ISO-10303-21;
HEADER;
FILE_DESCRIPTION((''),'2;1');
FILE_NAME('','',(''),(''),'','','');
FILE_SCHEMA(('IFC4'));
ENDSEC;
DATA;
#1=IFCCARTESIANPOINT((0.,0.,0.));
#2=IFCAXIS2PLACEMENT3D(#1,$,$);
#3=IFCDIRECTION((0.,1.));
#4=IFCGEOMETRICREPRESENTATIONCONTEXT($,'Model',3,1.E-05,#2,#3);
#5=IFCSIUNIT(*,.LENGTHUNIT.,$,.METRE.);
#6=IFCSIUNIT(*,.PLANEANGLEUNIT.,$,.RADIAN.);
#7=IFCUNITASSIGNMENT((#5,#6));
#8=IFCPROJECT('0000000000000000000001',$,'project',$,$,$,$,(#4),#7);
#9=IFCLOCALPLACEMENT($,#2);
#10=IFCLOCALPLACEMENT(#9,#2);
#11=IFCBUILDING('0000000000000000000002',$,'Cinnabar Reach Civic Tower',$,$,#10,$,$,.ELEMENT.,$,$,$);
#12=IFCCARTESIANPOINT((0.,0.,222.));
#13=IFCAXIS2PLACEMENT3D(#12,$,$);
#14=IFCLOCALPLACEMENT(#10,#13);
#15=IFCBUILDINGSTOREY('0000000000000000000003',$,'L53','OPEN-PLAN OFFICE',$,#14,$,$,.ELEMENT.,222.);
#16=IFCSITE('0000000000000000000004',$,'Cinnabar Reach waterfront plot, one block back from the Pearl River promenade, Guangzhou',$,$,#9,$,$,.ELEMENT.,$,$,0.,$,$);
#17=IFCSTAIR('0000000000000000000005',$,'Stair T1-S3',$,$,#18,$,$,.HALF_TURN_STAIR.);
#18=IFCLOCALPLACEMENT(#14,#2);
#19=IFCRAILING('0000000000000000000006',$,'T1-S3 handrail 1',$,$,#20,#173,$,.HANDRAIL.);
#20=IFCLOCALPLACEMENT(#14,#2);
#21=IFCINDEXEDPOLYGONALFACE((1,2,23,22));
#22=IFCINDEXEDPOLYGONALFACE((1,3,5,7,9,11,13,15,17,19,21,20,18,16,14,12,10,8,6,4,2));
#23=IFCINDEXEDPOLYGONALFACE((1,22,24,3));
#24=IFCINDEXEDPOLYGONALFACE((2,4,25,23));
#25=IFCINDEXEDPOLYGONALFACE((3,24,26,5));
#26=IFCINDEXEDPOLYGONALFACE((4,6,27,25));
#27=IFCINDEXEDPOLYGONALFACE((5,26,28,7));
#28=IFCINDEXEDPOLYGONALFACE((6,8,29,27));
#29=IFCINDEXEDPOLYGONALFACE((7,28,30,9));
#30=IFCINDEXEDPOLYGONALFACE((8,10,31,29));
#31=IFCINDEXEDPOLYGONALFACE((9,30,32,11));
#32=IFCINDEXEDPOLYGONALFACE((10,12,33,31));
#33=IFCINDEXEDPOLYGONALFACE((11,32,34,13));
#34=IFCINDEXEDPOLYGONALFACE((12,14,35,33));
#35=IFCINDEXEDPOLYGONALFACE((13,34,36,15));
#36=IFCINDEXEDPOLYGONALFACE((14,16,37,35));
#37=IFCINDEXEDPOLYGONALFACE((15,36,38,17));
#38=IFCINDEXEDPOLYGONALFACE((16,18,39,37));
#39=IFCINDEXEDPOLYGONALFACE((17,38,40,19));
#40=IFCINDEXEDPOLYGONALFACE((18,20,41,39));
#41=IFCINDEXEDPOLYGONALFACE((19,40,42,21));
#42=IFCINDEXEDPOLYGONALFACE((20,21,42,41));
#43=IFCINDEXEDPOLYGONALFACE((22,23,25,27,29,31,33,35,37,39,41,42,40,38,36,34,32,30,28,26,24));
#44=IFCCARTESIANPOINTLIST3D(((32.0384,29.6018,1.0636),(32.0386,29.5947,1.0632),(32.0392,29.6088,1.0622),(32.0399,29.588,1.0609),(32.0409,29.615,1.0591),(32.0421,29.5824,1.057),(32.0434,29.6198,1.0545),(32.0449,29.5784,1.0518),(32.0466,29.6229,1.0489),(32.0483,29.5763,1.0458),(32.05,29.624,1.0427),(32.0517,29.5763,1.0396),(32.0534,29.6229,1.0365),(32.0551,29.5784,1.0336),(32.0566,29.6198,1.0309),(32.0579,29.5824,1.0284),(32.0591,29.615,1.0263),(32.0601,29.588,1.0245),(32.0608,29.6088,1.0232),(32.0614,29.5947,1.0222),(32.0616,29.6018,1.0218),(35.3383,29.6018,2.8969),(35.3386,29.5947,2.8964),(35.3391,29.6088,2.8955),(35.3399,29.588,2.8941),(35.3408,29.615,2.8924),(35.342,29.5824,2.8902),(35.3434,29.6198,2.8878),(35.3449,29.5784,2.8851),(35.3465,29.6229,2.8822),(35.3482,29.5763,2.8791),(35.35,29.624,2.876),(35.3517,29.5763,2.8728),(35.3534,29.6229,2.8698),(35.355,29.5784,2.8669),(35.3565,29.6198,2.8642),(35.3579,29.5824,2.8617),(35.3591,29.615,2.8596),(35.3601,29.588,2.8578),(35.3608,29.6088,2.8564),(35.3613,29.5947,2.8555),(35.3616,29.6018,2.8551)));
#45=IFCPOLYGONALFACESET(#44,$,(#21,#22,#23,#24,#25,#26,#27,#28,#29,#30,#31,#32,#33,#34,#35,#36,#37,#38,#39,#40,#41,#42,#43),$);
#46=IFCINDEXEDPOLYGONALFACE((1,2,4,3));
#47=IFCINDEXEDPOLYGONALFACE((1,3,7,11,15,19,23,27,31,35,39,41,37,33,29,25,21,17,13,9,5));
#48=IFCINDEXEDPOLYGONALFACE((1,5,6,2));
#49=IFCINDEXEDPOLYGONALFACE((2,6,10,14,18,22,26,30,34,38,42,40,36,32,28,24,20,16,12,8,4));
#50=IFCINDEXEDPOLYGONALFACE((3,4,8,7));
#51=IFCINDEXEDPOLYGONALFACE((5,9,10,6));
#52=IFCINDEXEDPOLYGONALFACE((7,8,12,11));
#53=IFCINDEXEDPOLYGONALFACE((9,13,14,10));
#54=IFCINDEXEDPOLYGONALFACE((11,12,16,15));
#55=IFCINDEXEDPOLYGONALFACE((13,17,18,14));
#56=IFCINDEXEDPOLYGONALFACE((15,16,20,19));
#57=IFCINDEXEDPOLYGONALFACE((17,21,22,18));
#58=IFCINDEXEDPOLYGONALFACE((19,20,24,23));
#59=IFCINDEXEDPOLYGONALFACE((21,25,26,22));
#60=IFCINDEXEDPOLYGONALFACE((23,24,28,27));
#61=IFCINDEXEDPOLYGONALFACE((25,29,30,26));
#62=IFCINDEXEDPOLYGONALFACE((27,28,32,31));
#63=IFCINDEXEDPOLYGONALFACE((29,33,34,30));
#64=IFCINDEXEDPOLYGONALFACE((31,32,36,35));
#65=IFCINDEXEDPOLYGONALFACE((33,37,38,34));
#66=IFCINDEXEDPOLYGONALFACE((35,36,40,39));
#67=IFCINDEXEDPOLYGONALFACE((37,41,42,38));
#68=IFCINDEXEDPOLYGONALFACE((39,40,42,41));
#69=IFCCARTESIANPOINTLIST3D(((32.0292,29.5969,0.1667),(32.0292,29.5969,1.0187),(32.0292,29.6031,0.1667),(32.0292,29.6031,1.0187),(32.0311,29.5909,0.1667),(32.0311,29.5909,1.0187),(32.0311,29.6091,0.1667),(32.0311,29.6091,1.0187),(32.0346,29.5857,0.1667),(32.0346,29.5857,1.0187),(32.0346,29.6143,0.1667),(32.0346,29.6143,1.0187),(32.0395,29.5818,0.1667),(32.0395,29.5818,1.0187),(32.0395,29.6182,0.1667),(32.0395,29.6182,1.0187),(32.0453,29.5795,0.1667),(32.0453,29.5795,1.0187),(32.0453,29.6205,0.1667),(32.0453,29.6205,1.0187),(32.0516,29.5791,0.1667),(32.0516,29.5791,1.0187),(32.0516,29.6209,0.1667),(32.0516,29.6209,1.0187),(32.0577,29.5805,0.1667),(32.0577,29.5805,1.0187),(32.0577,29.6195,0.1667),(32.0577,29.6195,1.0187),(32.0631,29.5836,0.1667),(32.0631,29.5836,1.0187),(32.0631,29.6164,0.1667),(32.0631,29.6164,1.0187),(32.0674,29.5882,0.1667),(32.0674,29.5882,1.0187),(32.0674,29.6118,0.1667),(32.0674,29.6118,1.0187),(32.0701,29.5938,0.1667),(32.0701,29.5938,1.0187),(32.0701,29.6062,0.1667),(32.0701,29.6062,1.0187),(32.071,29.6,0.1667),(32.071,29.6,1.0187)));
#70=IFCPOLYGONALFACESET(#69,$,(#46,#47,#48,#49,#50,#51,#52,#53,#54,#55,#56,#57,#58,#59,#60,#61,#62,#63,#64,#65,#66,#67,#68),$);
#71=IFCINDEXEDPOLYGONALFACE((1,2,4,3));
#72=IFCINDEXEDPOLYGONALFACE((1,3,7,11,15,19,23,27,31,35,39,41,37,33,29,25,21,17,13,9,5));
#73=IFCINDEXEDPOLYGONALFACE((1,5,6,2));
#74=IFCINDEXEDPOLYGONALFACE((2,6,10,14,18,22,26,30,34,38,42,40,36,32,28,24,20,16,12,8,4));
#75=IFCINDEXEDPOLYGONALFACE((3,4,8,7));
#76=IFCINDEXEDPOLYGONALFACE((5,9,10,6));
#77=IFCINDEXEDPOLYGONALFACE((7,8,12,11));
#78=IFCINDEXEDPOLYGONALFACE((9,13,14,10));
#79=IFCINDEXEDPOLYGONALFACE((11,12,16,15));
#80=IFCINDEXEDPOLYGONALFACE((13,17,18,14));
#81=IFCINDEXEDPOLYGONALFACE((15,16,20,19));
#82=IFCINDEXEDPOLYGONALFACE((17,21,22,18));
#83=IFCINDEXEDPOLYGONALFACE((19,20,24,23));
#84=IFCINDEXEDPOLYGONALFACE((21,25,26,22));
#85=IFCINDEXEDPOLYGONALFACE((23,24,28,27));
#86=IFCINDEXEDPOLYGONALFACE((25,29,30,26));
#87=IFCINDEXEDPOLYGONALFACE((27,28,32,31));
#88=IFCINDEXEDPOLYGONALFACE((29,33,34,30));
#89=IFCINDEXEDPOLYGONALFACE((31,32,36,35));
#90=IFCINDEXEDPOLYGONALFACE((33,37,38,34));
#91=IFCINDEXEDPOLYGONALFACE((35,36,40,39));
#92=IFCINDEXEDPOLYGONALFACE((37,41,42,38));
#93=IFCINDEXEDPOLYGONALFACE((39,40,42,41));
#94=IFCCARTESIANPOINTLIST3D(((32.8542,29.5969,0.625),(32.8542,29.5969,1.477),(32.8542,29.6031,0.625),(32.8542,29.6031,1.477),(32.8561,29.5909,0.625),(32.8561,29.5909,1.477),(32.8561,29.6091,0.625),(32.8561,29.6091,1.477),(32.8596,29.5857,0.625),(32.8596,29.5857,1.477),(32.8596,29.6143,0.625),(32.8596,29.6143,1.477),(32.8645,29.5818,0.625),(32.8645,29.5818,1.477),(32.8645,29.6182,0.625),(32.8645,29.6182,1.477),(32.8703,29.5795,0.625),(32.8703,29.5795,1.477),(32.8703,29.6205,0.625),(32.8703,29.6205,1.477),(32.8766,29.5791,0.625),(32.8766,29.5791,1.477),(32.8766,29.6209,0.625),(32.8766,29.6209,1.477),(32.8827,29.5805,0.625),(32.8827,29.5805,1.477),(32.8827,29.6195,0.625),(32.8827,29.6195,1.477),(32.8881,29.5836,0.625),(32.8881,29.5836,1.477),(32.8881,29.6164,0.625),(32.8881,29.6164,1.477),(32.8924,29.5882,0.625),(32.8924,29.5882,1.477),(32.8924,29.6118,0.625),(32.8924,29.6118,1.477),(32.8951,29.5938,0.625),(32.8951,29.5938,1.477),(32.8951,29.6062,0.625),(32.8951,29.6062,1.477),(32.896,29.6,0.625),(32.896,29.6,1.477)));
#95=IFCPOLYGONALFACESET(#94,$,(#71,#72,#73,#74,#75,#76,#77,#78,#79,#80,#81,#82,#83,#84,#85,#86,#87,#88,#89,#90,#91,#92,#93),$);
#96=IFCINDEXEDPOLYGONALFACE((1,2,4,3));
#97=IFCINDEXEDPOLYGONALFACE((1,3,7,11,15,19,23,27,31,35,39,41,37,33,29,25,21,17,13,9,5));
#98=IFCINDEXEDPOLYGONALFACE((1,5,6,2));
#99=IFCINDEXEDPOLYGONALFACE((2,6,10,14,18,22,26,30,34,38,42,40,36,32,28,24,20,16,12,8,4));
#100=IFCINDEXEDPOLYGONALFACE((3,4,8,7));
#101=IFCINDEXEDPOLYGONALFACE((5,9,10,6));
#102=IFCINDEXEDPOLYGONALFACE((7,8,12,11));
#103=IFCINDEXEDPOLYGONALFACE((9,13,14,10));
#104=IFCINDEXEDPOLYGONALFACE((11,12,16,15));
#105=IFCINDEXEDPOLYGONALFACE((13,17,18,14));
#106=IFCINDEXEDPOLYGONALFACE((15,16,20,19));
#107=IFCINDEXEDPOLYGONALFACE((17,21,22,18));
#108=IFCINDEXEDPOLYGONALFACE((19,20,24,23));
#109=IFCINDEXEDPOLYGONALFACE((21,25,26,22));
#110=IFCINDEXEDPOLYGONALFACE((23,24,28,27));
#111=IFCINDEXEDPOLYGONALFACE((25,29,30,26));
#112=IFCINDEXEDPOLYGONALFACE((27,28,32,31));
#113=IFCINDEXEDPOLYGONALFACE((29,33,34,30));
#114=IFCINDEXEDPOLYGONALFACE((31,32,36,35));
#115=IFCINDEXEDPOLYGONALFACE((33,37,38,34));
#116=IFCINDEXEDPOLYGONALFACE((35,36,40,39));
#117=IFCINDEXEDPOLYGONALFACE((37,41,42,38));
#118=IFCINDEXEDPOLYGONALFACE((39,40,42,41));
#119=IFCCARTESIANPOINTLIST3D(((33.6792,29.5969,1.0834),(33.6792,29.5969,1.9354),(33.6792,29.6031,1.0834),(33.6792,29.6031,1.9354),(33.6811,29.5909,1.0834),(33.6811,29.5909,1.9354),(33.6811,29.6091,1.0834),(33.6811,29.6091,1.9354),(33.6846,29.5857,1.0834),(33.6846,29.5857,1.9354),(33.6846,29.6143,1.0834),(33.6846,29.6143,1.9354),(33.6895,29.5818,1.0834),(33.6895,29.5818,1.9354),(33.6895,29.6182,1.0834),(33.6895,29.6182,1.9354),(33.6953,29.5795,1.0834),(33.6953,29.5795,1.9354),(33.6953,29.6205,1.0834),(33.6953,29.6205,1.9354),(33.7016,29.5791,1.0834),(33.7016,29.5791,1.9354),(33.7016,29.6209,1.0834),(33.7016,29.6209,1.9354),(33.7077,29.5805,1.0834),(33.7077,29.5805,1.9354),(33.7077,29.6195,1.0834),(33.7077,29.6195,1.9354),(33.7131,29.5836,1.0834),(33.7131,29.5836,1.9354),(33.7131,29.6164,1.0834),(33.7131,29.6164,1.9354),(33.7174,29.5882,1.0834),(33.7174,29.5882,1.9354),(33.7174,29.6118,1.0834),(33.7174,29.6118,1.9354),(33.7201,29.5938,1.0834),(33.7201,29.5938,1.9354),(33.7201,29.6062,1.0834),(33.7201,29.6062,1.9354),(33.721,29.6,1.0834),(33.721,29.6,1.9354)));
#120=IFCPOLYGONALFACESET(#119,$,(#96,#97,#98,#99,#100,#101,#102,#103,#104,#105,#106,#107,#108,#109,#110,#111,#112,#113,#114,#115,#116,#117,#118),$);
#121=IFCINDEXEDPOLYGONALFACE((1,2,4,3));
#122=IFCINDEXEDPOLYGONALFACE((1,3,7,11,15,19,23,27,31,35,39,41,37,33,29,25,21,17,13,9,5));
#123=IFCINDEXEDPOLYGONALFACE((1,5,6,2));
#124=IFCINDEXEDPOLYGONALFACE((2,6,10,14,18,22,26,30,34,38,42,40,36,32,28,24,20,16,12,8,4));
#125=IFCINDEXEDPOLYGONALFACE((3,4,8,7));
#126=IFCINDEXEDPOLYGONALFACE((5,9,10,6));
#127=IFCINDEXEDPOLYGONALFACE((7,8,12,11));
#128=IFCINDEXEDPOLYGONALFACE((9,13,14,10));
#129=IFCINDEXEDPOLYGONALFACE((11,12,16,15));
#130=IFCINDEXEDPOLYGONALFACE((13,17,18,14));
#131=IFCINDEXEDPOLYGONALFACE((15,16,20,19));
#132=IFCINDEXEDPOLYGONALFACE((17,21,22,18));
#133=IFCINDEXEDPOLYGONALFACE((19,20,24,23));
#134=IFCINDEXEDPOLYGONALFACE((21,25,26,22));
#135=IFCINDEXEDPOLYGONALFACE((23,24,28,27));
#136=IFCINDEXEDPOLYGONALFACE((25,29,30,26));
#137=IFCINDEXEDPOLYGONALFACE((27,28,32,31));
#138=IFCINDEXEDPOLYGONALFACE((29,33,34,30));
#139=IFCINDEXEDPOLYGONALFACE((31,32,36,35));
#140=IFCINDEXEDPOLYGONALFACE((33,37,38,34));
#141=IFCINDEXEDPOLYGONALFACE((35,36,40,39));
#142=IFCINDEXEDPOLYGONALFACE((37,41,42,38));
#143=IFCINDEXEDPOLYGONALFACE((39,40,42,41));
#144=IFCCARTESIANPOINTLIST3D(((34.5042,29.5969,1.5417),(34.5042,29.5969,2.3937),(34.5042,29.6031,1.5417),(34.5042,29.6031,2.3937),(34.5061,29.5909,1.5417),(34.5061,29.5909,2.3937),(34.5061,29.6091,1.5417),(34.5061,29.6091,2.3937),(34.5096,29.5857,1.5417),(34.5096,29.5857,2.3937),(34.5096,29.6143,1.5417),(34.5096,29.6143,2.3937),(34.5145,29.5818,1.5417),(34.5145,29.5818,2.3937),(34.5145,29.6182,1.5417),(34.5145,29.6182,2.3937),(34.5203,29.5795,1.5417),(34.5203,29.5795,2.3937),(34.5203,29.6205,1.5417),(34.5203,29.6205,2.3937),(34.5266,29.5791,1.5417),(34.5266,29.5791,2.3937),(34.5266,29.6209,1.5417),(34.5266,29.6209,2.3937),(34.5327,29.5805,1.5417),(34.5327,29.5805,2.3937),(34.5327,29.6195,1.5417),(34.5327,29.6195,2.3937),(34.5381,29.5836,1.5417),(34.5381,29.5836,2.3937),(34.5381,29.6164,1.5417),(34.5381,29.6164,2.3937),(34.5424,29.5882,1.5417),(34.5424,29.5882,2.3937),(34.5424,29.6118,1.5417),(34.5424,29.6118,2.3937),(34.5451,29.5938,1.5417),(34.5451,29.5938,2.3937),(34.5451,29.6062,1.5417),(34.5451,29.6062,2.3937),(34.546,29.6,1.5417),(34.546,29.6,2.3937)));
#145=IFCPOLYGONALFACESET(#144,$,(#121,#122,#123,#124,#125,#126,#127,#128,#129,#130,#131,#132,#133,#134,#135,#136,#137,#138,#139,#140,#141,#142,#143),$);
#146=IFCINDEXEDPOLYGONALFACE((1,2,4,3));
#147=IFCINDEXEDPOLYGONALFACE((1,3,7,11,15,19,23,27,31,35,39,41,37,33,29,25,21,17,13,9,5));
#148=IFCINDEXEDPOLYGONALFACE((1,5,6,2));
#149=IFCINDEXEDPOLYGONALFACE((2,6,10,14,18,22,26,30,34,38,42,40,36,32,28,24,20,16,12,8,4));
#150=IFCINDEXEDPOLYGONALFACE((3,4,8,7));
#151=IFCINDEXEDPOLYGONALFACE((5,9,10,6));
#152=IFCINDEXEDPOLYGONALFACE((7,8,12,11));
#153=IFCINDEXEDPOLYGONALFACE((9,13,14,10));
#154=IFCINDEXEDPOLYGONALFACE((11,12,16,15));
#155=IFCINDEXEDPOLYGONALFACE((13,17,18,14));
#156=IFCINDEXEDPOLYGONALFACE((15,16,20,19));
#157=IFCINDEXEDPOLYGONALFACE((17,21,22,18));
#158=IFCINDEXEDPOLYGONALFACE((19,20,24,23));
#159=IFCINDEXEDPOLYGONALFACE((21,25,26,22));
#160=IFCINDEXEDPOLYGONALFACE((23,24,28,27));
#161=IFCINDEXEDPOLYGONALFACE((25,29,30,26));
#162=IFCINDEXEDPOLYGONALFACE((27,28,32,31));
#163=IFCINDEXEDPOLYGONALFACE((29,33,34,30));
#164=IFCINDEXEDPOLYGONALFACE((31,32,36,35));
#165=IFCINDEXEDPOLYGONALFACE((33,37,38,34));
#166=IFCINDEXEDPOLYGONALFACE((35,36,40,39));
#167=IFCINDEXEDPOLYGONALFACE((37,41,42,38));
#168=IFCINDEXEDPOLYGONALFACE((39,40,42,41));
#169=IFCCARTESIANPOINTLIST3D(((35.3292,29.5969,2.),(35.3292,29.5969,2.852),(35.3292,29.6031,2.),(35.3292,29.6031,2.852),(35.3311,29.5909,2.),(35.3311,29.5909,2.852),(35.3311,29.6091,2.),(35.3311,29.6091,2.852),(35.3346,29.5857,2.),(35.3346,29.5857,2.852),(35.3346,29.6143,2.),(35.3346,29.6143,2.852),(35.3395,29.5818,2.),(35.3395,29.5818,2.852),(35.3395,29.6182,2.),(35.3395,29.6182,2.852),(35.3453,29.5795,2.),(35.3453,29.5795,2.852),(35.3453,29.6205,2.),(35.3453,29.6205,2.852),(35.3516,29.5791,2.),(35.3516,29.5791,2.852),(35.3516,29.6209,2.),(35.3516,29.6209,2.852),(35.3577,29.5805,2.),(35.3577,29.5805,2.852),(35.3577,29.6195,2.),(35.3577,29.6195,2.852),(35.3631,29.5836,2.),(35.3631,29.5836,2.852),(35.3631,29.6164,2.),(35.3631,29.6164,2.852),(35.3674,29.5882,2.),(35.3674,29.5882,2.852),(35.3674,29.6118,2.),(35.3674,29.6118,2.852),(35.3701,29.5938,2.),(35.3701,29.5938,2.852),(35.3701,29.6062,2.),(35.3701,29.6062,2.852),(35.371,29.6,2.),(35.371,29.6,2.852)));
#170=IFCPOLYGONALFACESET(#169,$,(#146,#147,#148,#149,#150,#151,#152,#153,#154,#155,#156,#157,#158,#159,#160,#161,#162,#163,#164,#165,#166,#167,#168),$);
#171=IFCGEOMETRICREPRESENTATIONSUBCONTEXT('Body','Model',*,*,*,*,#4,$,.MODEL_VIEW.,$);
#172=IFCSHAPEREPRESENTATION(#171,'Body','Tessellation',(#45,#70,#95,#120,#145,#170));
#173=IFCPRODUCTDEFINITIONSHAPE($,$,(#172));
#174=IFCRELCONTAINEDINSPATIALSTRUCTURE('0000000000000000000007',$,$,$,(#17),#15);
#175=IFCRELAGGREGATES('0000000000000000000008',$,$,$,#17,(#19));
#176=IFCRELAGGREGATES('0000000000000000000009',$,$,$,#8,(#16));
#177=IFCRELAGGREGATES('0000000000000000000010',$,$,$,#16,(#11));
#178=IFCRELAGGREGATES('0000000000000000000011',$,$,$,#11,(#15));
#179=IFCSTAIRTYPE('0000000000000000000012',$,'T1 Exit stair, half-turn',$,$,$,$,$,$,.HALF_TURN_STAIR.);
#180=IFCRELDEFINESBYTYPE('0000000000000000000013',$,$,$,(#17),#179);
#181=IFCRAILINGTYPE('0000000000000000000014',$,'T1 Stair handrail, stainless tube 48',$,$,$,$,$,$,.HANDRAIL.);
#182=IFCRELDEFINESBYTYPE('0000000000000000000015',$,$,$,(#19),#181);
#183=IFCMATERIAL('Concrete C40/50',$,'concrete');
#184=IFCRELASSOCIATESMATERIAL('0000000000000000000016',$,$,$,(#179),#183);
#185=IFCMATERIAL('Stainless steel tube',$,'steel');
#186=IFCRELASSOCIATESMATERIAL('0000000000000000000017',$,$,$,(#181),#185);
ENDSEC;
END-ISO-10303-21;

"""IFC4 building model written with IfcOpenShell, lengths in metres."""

from ifc_helpers import new_model, si_unit, direction, frame, origin, origin_2d, place, context, subcontext, project, spatial, circle, extrude, material, type_object, element, aggregate, save


model = new_model("IFC4")

# Units and contexts
model_context = context("Model", 3, precision=1e-05, world=origin(), true_north=direction((0.0, 1.0)))
body_context = subcontext(model_context, "Body", "Model", "MODEL_VIEW")
ifc_project = project(units=[si_unit("LENGTHUNIT", "METRE"), si_unit("PLANEANGLEUNIT", "RADIAN")], contexts=[model_context])

# Site, building, storey
site_placement = place(None, origin())
site = spatial("IfcSite", under=ifc_project, at=site_placement, Name="Cinnabar Reach waterfront plot, one block back from the Pearl River promenade, Guangzhou", CompositionType="ELEMENT", RefElevation=0.0)
building_placement = place(site_placement, origin())
building = spatial("IfcBuilding", under=site, at=building_placement, Name="Cinnabar Reach Civic Tower", CompositionType="ELEMENT")
storey_placement = place(building_placement, frame((0.0, 0.0, 222.0)))
storey = spatial("IfcBuildingStorey", under=building, at=storey_placement, Name="L53", Description="OPEN-PLAN OFFICE", CompositionType="ELEMENT", Elevation=222.0)

# Stair, railing
ifc_material_1 = material(Name="Concrete C40/50", Category="concrete")
stair_type = type_object("IfcStairType", Name="T1 Exit stair, half-turn", PredefinedType="HALF_TURN_STAIR", material=ifc_material_1)
stair_placement = place(storey_placement, origin())
stair = element("IfcStair", 1, at=stair_placement, inside=storey, type_object=stair_type, Name="Stair T1-S3", PredefinedType="HALF_TURN_STAIR")
ifc_material_2 = material(Name="Stainless steel tube", Category="steel")
railing_type = type_object("IfcRailingType", Name="T1 Stair handrail, stainless tube 48", PredefinedType="HANDRAIL", material=ifc_material_2)
railing_1_placement = place(storey_placement, frame((32.05, 29.6, 0.1667)))
railing_1 = element("IfcRailing", 2, at=railing_1_placement, type_object=railing_type, Name="T1-S3 handrail 1", PredefinedType="HANDRAIL", context=body_context, shape_type="SweptSolid", body=[
    extrude(circle(Radius=0.024, at=origin_2d()), frame((0.0, 0.0, 0.876), z_axis=(0.874161, 0.0, 0.485636), x_axis=(0.0, 1.0, 0.0)), (0.0, 0.0, 1.0), 3.775),
    extrude(circle(Radius=0.021, at=origin_2d()), origin(), (0.0, 0.0, 1.0), 0.852),
    extrude(circle(Radius=0.021, at=origin_2d()), frame((0.825, 0.0, 0.4583)), (0.0, 0.0, 1.0), 0.852),
    extrude(circle(Radius=0.021, at=origin_2d()), frame((1.65, 0.0, 0.9167)), (0.0, 0.0, 1.0), 0.852),
    extrude(circle(Radius=0.021, at=origin_2d()), frame((2.475, 0.0, 1.375)), (0.0, 0.0, 1.0), 0.852),
    extrude(circle(Radius=0.021, at=origin_2d()), frame((3.3, 0.0, 1.8333)), (0.0, 0.0, 1.0), 0.852),
])
aggregate(stair, [railing_1])

save(model, "model.ifc")
